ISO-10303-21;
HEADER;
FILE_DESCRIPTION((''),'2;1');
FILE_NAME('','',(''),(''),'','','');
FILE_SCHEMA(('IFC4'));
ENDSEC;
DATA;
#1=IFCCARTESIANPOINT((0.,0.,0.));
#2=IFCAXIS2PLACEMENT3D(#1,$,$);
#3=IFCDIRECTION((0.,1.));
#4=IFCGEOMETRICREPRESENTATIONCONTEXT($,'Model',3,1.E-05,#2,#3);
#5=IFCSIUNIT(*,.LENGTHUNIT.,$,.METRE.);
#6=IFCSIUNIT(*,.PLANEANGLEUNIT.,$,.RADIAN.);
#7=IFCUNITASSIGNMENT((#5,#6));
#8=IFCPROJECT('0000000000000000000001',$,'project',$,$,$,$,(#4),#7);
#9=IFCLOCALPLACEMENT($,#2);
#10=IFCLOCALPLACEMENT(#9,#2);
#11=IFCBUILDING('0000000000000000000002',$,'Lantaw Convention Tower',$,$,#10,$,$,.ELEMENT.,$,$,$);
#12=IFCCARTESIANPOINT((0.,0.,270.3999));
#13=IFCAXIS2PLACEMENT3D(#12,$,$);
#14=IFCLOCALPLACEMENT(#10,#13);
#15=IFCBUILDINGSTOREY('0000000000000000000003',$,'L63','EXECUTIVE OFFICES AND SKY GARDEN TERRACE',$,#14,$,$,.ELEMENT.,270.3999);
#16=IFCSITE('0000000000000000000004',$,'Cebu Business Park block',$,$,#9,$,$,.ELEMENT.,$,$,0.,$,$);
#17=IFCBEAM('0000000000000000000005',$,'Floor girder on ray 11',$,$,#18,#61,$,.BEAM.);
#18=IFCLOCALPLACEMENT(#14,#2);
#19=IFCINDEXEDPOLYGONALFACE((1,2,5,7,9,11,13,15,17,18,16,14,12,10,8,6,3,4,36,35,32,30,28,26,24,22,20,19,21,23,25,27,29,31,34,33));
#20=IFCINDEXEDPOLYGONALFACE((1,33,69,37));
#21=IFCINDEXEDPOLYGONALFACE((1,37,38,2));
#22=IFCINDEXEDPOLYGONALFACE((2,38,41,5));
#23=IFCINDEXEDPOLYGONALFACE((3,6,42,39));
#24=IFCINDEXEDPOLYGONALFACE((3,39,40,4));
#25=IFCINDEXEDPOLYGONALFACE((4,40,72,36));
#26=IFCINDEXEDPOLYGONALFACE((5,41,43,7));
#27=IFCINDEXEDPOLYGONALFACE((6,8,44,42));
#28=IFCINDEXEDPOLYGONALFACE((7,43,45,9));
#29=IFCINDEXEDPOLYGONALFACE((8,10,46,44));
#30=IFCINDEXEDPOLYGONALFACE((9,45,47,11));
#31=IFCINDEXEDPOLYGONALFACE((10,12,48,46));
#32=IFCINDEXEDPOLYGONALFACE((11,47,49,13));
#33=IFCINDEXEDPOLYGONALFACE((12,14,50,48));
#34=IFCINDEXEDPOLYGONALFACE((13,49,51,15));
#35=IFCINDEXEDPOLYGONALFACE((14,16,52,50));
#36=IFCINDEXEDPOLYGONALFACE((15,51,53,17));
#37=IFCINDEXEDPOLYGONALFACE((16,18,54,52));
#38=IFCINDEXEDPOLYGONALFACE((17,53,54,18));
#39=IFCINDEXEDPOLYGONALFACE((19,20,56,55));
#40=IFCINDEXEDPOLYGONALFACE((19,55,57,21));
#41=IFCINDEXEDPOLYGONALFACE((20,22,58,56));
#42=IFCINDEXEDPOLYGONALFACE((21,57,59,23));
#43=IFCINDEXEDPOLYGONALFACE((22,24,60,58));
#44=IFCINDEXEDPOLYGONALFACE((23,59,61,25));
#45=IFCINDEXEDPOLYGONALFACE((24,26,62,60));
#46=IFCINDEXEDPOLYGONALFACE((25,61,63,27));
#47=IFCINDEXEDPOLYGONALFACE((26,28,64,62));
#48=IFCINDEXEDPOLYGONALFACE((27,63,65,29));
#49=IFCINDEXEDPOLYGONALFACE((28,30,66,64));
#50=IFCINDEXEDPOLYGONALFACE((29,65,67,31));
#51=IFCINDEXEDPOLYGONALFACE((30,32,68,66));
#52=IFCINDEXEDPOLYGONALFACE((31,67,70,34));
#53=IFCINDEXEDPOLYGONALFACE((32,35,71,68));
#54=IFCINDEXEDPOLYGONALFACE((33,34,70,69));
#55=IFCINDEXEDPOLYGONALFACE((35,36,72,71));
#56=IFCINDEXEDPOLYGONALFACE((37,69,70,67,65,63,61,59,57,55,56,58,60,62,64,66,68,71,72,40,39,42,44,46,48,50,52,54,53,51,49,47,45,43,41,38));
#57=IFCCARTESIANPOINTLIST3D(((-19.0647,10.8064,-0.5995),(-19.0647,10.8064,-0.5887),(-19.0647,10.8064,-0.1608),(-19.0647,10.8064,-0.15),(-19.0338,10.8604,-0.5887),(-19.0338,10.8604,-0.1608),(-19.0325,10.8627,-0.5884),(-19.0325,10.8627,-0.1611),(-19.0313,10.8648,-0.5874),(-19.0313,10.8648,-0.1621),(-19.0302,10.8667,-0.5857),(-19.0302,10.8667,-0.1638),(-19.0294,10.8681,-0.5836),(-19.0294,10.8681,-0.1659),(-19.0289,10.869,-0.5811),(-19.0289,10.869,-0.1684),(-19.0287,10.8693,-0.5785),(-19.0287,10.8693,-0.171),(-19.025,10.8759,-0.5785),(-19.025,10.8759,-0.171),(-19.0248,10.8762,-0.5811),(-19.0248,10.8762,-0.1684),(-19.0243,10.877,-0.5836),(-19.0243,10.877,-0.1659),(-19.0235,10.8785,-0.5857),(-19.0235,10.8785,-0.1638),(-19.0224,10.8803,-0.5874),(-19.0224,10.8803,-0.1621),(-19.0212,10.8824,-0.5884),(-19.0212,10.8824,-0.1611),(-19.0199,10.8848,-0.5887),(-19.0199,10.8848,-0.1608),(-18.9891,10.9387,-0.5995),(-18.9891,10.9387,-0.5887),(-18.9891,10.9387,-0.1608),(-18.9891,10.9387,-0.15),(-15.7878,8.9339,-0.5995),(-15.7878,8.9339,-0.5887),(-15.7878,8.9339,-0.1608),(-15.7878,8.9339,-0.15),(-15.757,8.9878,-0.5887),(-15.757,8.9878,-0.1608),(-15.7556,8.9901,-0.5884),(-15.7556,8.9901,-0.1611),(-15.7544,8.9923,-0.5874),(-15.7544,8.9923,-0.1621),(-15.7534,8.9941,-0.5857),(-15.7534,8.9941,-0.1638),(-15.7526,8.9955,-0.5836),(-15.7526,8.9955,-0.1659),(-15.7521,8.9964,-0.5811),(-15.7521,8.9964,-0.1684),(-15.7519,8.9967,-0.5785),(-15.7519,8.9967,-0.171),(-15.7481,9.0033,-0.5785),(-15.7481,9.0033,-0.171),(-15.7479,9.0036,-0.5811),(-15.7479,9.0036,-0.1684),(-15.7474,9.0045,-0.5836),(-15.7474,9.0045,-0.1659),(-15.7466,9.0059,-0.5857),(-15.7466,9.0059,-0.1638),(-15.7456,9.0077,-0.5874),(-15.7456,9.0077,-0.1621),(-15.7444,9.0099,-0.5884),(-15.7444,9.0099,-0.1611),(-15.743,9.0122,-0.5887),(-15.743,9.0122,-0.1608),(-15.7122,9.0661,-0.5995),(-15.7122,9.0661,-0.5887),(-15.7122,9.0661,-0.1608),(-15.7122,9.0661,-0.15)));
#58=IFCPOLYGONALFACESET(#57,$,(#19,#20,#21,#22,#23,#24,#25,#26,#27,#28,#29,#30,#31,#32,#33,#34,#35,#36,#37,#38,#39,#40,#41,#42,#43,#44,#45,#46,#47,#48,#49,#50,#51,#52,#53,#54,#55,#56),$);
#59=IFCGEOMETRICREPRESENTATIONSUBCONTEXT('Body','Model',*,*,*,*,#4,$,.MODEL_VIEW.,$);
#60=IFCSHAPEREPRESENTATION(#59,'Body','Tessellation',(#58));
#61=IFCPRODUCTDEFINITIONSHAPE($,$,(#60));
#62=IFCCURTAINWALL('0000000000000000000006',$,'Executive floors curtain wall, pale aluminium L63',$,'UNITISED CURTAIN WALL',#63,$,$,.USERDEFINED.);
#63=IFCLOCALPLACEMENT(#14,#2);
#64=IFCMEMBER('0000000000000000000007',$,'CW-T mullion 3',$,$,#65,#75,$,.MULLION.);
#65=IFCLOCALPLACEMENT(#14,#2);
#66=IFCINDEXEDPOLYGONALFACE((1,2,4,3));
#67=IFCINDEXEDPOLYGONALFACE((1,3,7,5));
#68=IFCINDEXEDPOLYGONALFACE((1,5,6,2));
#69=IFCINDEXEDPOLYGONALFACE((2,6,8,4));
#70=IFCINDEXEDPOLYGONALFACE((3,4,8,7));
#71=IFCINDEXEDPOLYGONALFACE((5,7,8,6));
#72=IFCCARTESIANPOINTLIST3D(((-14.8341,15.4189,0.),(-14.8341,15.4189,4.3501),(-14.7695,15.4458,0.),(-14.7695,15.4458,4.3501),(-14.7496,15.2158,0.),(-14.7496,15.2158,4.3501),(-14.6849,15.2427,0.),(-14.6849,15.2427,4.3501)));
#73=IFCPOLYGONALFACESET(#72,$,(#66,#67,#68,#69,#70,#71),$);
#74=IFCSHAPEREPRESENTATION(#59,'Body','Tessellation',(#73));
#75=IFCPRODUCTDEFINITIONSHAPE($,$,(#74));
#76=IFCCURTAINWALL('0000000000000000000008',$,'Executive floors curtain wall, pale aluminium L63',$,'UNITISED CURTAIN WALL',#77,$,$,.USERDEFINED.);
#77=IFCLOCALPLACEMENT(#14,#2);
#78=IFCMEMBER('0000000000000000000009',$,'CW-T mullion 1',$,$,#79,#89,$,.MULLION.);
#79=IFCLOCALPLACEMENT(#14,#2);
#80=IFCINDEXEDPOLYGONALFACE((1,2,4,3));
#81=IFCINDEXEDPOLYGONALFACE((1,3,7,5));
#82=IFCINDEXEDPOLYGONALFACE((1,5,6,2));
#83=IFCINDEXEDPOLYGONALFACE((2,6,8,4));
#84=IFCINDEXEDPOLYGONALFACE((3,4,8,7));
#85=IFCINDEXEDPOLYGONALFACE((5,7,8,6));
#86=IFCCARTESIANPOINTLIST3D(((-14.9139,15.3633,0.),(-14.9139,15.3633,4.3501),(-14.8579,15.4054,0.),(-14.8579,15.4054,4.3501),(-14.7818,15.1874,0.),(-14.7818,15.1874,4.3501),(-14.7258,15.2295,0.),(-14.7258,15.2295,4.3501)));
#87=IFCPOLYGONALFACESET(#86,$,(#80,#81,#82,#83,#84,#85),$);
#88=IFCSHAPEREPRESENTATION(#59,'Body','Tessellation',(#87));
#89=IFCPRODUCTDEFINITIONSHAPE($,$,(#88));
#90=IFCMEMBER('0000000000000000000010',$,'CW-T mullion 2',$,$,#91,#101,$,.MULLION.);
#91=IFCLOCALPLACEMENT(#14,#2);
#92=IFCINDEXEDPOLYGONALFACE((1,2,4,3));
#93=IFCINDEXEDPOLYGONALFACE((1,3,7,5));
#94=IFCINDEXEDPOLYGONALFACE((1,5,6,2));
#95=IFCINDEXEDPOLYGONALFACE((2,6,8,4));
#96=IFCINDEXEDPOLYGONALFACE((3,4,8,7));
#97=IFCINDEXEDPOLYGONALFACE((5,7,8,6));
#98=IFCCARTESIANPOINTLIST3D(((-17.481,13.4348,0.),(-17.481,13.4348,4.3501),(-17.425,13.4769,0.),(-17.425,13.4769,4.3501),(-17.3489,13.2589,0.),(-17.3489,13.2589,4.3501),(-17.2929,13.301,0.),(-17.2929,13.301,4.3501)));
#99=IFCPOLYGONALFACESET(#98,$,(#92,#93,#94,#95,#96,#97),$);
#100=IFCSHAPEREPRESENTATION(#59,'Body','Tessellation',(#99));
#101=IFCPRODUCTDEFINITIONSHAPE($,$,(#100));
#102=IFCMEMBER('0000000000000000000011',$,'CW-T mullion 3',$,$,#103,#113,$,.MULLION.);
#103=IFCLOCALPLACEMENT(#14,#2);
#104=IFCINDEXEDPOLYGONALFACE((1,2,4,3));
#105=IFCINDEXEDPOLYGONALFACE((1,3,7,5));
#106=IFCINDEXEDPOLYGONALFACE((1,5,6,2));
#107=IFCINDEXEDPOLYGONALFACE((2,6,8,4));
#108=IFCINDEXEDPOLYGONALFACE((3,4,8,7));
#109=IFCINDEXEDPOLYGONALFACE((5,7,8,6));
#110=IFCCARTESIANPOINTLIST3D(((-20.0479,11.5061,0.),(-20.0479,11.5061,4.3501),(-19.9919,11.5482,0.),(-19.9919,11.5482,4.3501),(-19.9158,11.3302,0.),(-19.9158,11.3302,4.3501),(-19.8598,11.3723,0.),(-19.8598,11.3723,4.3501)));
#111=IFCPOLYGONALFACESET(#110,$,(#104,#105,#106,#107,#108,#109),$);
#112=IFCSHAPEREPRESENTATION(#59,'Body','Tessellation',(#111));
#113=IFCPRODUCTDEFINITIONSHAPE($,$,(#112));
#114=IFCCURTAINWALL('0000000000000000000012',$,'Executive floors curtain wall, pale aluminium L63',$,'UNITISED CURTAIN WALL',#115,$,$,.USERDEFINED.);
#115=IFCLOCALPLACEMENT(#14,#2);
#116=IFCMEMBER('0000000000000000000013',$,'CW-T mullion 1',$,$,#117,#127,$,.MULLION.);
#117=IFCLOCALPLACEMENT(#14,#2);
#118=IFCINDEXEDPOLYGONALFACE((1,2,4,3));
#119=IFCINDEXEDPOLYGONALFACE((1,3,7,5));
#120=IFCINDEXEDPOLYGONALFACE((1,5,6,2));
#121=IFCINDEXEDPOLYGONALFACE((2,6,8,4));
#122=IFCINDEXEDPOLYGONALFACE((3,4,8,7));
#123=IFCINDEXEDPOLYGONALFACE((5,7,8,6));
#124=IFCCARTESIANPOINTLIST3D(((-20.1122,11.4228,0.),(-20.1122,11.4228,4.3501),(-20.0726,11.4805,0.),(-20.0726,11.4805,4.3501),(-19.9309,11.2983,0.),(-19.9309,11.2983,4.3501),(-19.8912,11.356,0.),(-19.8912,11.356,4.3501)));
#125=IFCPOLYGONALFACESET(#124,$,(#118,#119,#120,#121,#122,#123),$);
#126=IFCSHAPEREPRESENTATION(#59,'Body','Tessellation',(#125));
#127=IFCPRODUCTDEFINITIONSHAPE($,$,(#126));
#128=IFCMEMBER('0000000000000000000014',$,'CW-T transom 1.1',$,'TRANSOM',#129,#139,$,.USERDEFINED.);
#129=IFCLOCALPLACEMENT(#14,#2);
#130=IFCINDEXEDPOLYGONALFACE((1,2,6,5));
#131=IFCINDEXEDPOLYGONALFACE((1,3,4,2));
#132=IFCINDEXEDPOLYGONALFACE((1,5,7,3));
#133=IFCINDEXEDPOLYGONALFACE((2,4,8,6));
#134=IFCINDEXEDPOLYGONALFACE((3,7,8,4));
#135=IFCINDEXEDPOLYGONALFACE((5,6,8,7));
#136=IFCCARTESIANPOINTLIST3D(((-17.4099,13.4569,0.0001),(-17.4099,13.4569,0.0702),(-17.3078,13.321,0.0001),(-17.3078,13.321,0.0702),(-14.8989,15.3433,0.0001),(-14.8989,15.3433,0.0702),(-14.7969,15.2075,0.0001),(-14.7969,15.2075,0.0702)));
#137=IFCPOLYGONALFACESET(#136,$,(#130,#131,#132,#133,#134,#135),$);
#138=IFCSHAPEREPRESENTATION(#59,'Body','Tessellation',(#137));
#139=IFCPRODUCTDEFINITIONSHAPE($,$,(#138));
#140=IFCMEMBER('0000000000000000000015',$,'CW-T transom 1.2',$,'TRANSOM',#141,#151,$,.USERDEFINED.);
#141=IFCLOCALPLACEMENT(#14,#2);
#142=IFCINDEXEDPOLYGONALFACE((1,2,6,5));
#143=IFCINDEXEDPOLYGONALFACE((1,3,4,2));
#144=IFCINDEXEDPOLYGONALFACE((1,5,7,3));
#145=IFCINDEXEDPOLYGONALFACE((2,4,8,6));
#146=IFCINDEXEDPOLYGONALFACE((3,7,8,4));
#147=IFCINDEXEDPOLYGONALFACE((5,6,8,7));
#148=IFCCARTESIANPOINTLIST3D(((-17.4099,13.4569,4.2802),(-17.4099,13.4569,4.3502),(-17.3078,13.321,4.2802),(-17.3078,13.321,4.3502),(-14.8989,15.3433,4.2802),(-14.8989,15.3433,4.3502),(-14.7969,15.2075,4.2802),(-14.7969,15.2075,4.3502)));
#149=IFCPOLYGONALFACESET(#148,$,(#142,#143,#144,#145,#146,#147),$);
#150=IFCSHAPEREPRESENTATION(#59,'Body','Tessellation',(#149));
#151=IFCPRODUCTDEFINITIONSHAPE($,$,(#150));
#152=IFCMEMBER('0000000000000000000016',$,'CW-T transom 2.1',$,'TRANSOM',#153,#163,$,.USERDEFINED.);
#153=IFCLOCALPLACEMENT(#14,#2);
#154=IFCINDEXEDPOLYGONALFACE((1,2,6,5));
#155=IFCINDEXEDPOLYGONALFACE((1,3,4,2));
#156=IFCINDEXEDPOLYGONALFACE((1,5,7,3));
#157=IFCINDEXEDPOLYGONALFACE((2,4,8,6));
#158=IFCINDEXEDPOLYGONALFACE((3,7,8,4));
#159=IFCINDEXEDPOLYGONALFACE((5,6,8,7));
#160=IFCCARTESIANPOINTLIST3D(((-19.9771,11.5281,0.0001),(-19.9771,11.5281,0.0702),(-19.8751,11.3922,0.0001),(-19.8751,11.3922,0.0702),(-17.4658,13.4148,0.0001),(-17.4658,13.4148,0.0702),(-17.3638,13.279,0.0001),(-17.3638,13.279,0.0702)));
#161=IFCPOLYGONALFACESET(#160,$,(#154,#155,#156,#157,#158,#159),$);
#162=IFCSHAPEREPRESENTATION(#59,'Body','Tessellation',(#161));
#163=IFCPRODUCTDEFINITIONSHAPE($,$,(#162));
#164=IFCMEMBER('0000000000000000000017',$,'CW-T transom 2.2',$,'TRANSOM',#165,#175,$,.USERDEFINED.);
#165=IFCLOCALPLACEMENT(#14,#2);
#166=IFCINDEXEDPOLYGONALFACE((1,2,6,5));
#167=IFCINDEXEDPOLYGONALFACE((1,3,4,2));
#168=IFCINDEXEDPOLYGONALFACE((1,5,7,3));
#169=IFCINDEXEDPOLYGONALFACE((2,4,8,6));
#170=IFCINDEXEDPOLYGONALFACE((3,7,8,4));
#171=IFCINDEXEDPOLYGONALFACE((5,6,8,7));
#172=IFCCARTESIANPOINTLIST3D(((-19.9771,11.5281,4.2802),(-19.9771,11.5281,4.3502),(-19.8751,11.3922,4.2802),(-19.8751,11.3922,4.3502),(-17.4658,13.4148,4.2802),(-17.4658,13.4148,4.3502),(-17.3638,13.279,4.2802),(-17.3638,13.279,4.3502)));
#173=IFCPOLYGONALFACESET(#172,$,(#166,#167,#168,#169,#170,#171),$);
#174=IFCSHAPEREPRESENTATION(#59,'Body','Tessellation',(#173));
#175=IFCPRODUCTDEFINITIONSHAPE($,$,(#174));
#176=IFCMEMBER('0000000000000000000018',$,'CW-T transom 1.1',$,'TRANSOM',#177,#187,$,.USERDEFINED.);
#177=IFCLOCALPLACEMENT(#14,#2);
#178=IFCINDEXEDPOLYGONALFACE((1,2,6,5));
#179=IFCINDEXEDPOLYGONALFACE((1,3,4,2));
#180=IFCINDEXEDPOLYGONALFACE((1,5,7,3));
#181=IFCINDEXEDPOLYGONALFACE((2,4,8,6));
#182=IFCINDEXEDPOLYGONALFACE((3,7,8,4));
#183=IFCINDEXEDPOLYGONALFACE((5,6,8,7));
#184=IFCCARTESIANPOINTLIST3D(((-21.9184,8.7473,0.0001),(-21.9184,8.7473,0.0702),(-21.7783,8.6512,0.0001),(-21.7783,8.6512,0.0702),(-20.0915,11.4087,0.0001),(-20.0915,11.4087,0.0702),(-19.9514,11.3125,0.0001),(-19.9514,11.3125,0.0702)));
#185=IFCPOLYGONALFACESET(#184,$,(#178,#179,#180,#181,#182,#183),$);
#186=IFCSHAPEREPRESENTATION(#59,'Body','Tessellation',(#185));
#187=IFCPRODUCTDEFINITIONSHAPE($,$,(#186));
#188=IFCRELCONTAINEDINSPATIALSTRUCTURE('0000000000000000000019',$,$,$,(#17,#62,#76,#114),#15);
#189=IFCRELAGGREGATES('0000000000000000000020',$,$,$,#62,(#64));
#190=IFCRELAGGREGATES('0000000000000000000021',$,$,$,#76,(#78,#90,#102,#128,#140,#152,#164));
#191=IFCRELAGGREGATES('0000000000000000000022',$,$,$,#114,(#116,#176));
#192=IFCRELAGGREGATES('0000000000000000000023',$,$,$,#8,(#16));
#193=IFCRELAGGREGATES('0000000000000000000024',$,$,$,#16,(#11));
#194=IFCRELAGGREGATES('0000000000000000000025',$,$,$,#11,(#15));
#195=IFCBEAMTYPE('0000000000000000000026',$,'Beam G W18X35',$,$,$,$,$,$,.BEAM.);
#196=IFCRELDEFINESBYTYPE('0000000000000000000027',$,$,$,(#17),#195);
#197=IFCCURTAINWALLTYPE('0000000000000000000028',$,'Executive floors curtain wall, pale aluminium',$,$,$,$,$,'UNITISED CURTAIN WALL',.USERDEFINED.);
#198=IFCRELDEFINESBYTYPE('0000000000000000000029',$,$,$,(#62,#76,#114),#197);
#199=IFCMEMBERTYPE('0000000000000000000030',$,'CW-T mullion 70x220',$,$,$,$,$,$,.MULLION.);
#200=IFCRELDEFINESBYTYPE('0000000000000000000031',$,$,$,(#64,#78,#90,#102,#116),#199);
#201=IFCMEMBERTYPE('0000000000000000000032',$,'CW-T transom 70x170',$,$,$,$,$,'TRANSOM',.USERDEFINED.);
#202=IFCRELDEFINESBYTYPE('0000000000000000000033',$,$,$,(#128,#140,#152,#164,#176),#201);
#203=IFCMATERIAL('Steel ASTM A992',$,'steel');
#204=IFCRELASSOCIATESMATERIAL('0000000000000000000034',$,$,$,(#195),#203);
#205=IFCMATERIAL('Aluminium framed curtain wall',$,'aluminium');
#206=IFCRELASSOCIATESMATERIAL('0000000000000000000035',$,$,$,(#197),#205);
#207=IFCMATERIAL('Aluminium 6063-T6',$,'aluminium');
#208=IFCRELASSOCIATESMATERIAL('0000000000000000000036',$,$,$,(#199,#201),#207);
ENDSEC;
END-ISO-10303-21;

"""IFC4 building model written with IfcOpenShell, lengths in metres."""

from ifc_helpers import new_model, si_unit, direction, frame, origin, origin_2d, place, context, subcontext, project, spatial, rectangle, i_section, extrude, material, material_profile, profile_set, type_object, element, aggregate, save


model = new_model("IFC4")

# Units and contexts
model_context = context("Model", 3, precision=1e-05, world=origin(), true_north=direction((0.0, 1.0)))
body_context = subcontext(model_context, "Body", "Model", "MODEL_VIEW")
ifc_project = project(units=[si_unit("LENGTHUNIT", "METRE"), si_unit("PLANEANGLEUNIT", "RADIAN")], contexts=[model_context])

# Site, building, storey
site_placement = place(None, origin())
site = spatial("IfcSite", under=ifc_project, at=site_placement, Name="Cebu Business Park block", CompositionType="ELEMENT", RefElevation=0.0)
building_placement = place(site_placement, origin())
building = spatial("IfcBuilding", under=site, at=building_placement, Name="Lantaw Convention Tower", CompositionType="ELEMENT")
storey_placement = place(building_placement, frame((0.0, 0.0, 270.3999)))
storey = spatial("IfcBuildingStorey", under=building, at=storey_placement, Name="L63", Description="EXECUTIVE OFFICES AND SKY GARDEN TERRACE", CompositionType="ELEMENT", Elevation=270.3999)

# Beam
ifc_material_1 = material(Name="Steel ASTM A992", Category="steel")
ifc_material_profile_1 = material_profile(ifc_material_1, i_section(OverallWidth=0.1523, OverallDepth=0.4495, WebThickness=0.0076, FlangeThickness=0.0107, FilletRadius=0.0103, at=origin_2d()), Name="W18X35")
ifc_profile_set_1 = profile_set([ifc_material_profile_1], Name="Steel ASTM A992")
beam_type_1 = type_object("IfcBeamType", Name="Beam G W18X35", PredefinedType="BEAM", material=ifc_profile_set_1)
beam_1_placement = place(storey_placement, frame((-15.75, 9.0, -0.3748), z_axis=(-0.868235, 0.496153, 0.0), x_axis=(-0.496153, -0.868235, 0.0)))
element("IfcBeam", 1, at=beam_1_placement, inside=storey, type_object=beam_type_1, Name="Floor girder on ray 11", PredefinedType="BEAM", context=body_context, shape_type="SweptSolid", body=[
    extrude(i_section(OverallWidth=0.1523, OverallDepth=0.4495, WebThickness=0.0076, FlangeThickness=0.0107, FilletRadius=0.0103, at=origin_2d()), origin(), (0.0, 0.0, 1.0), 3.7742),
])

# Curtain wall, member
ifc_material_2 = material(Name="Aluminium framed curtain wall", Category="aluminium")
curtain_wall_type = type_object("IfcCurtainWallType", Name="Executive floors curtain wall, pale aluminium", ElementType="UNITISED CURTAIN WALL", PredefinedType="USERDEFINED", material=ifc_material_2)
curtain_wall_1_placement = place(storey_placement, origin())
curtain_wall_1 = element("IfcCurtainWall", 2, at=curtain_wall_1_placement, inside=storey, type_object=curtain_wall_type, Name="Executive floors curtain wall, pale aluminium L63", ObjectType="UNITISED CURTAIN WALL", PredefinedType="USERDEFINED")
ifc_material_3 = material(Name="Aluminium 6063-T6", Category="aluminium")
ifc_material_profile_2 = material_profile(ifc_material_3, rectangle(XDim=0.22, YDim=0.0701, at=origin_2d()), Name="CW-T mullion 70x220")
ifc_profile_set_2 = profile_set([ifc_material_profile_2], Name="Aluminium 6063-T6")
member_type_1 = type_object("IfcMemberType", Name="CW-T mullion 70x220", PredefinedType="MULLION", material=ifc_profile_set_2)
member_1_placement = place(storey_placement, frame((-14.7595, 15.3308, 0.0), z_axis=(0.0, 0.0, 1.0), x_axis=(0.38446, -0.923142, 0.0)))
member_1 = element("IfcMember", 3, at=member_1_placement, type_object=member_type_1, Name="CW-T mullion 3", PredefinedType="MULLION", context=body_context, shape_type="SweptSolid", body=[
    extrude(rectangle(XDim=0.22, YDim=0.0701, at=origin_2d()), origin(), (0.0, 0.0, 1.0), 4.3501),
])

# Curtain wall, members
curtain_wall_2_placement = place(storey_placement, origin())
curtain_wall_2 = element("IfcCurtainWall", 4, at=curtain_wall_2_placement, inside=storey, type_object=curtain_wall_type, Name="Executive floors curtain wall, pale aluminium L63", ObjectType="UNITISED CURTAIN WALL", PredefinedType="USERDEFINED")
member_2_placement = place(storey_placement, frame((-14.8198, 15.2964, 0.0), z_axis=(0.0, 0.0, 1.0), x_axis=(0.600643, -0.799518, 0.0)))
member_2 = element("IfcMember", 5, at=member_2_placement, type_object=member_type_1, Name="CW-T mullion 1", PredefinedType="MULLION", context=body_context, shape_type="SweptSolid", body=[
    extrude(rectangle(XDim=0.22, YDim=0.0701, at=origin_2d()), origin(), (0.0, 0.0, 1.0), 4.3501),
])
member_3_placement = place(storey_placement, frame((-17.387, 13.3679, 0.0), z_axis=(0.0, 0.0, 1.0), x_axis=(0.600643, -0.799518, 0.0)))
member_3 = element("IfcMember", 6, at=member_3_placement, type_object=member_type_1, Name="CW-T mullion 2", PredefinedType="MULLION", context=body_context, shape_type="SweptSolid", body=[
    extrude(rectangle(XDim=0.22, YDim=0.0701, at=origin_2d()), origin(), (0.0, 0.0, 1.0), 4.3501),
])
member_4_placement = place(storey_placement, frame((-19.9539, 11.4392, 0.0), z_axis=(0.0, 0.0, 1.0), x_axis=(0.600643, -0.799518, 0.0)))
member_4 = element("IfcMember", 7, at=member_4_placement, type_object=member_type_1, Name="CW-T mullion 3", PredefinedType="MULLION", context=body_context, shape_type="SweptSolid", body=[
    extrude(rectangle(XDim=0.22, YDim=0.0701, at=origin_2d()), origin(), (0.0, 0.0, 1.0), 4.3501),
])

# Curtain wall, member
curtain_wall_3_placement = place(storey_placement, origin())
curtain_wall_3 = element("IfcCurtainWall", 8, at=curtain_wall_3_placement, inside=storey, type_object=curtain_wall_type, Name="Executive floors curtain wall, pale aluminium L63", ObjectType="UNITISED CURTAIN WALL", PredefinedType="USERDEFINED")
member_5_placement = place(storey_placement, frame((-20.0017, 11.3894, 0.0), z_axis=(0.0, 0.0, 1.0), x_axis=(0.82445, -0.565935, 0.0)))
member_5 = element("IfcMember", 9, at=member_5_placement, type_object=member_type_1, Name="CW-T mullion 1", PredefinedType="MULLION", context=body_context, shape_type="SweptSolid", body=[
    extrude(rectangle(XDim=0.22, YDim=0.0701, at=origin_2d()), origin(), (0.0, 0.0, 1.0), 4.3501),
])

# Members
ifc_material_profile_3 = material_profile(ifc_material_3, rectangle(XDim=0.1699, YDim=0.0701, at=origin_2d()), Name="CW-T transom 70x170")
ifc_profile_set_3 = profile_set([ifc_material_profile_3], Name="Aluminium 6063-T6")
member_type_2 = type_object("IfcMemberType", Name="CW-T transom 70x170", ElementType="TRANSOM", PredefinedType="USERDEFINED", material=ifc_profile_set_3)
member_6_placement = place(storey_placement, frame((-14.8479, 15.2754, 0.0352), z_axis=(-0.799505, -0.600659, 0.0), x_axis=(0.600659, -0.799505, 0.0)))
member_6 = element("IfcMember", 10, at=member_6_placement, type_object=member_type_2, Name="CW-T transom 1.1", ObjectType="TRANSOM", PredefinedType="USERDEFINED", context=body_context, shape_type="SweptSolid", body=[
    extrude(rectangle(XDim=0.1699, YDim=0.0701, at=origin_2d()), origin(), (0.0, 0.0, 1.0), 3.1406),
])
member_7_placement = place(storey_placement, frame((-14.8479, 15.2754, 4.3152), z_axis=(-0.799505, -0.600659, 0.0), x_axis=(0.600659, -0.799505, 0.0)))
member_7 = element("IfcMember", 11, at=member_7_placement, type_object=member_type_2, Name="CW-T transom 1.2", ObjectType="TRANSOM", PredefinedType="USERDEFINED", context=body_context, shape_type="SweptSolid", body=[
    extrude(rectangle(XDim=0.1699, YDim=0.0701, at=origin_2d()), origin(), (0.0, 0.0, 1.0), 3.1406),
])
member_8_placement = place(storey_placement, frame((-17.4148, 13.3469, 0.0352), z_axis=(-0.799496, -0.600671, 0.0), x_axis=(0.600671, -0.799496, 0.0)))
member_8 = element("IfcMember", 12, at=member_8_placement, type_object=member_type_2, Name="CW-T transom 2.1", ObjectType="TRANSOM", PredefinedType="USERDEFINED", context=body_context, shape_type="SweptSolid", body=[
    extrude(rectangle(XDim=0.1699, YDim=0.0701, at=origin_2d()), origin(), (0.0, 0.0, 1.0), 3.1411),
])
member_9_placement = place(storey_placement, frame((-17.4148, 13.3469, 4.3152), z_axis=(-0.799496, -0.600671, 0.0), x_axis=(0.600671, -0.799496, 0.0)))
member_9 = element("IfcMember", 13, at=member_9_placement, type_object=member_type_2, Name="CW-T transom 2.2", ObjectType="TRANSOM", PredefinedType="USERDEFINED", context=body_context, shape_type="SweptSolid", body=[
    extrude(rectangle(XDim=0.1699, YDim=0.0701, at=origin_2d()), origin(), (0.0, 0.0, 1.0), 3.1411),
])
member_10_placement = place(storey_placement, frame((-20.0215, 11.3606, 0.0352), z_axis=(-0.565941, -0.824446, 0.0), x_axis=(0.824446, -0.565941, 0.0)))
member_10 = element("IfcMember", 14, at=member_10_placement, type_object=member_type_2, Name="CW-T transom 1.1", ObjectType="TRANSOM", PredefinedType="USERDEFINED", context=body_context, shape_type="SweptSolid", body=[
    extrude(rectangle(XDim=0.1699, YDim=0.0701, at=origin_2d()), origin(), (0.0, 0.0, 1.0), 3.228),
])

aggregate(curtain_wall_1, [member_1])
aggregate(curtain_wall_2, [member_2, member_3, member_4, member_6, member_7, member_8, member_9])
aggregate(curtain_wall_3, [member_5, member_10])

save(model, "model.ifc")
